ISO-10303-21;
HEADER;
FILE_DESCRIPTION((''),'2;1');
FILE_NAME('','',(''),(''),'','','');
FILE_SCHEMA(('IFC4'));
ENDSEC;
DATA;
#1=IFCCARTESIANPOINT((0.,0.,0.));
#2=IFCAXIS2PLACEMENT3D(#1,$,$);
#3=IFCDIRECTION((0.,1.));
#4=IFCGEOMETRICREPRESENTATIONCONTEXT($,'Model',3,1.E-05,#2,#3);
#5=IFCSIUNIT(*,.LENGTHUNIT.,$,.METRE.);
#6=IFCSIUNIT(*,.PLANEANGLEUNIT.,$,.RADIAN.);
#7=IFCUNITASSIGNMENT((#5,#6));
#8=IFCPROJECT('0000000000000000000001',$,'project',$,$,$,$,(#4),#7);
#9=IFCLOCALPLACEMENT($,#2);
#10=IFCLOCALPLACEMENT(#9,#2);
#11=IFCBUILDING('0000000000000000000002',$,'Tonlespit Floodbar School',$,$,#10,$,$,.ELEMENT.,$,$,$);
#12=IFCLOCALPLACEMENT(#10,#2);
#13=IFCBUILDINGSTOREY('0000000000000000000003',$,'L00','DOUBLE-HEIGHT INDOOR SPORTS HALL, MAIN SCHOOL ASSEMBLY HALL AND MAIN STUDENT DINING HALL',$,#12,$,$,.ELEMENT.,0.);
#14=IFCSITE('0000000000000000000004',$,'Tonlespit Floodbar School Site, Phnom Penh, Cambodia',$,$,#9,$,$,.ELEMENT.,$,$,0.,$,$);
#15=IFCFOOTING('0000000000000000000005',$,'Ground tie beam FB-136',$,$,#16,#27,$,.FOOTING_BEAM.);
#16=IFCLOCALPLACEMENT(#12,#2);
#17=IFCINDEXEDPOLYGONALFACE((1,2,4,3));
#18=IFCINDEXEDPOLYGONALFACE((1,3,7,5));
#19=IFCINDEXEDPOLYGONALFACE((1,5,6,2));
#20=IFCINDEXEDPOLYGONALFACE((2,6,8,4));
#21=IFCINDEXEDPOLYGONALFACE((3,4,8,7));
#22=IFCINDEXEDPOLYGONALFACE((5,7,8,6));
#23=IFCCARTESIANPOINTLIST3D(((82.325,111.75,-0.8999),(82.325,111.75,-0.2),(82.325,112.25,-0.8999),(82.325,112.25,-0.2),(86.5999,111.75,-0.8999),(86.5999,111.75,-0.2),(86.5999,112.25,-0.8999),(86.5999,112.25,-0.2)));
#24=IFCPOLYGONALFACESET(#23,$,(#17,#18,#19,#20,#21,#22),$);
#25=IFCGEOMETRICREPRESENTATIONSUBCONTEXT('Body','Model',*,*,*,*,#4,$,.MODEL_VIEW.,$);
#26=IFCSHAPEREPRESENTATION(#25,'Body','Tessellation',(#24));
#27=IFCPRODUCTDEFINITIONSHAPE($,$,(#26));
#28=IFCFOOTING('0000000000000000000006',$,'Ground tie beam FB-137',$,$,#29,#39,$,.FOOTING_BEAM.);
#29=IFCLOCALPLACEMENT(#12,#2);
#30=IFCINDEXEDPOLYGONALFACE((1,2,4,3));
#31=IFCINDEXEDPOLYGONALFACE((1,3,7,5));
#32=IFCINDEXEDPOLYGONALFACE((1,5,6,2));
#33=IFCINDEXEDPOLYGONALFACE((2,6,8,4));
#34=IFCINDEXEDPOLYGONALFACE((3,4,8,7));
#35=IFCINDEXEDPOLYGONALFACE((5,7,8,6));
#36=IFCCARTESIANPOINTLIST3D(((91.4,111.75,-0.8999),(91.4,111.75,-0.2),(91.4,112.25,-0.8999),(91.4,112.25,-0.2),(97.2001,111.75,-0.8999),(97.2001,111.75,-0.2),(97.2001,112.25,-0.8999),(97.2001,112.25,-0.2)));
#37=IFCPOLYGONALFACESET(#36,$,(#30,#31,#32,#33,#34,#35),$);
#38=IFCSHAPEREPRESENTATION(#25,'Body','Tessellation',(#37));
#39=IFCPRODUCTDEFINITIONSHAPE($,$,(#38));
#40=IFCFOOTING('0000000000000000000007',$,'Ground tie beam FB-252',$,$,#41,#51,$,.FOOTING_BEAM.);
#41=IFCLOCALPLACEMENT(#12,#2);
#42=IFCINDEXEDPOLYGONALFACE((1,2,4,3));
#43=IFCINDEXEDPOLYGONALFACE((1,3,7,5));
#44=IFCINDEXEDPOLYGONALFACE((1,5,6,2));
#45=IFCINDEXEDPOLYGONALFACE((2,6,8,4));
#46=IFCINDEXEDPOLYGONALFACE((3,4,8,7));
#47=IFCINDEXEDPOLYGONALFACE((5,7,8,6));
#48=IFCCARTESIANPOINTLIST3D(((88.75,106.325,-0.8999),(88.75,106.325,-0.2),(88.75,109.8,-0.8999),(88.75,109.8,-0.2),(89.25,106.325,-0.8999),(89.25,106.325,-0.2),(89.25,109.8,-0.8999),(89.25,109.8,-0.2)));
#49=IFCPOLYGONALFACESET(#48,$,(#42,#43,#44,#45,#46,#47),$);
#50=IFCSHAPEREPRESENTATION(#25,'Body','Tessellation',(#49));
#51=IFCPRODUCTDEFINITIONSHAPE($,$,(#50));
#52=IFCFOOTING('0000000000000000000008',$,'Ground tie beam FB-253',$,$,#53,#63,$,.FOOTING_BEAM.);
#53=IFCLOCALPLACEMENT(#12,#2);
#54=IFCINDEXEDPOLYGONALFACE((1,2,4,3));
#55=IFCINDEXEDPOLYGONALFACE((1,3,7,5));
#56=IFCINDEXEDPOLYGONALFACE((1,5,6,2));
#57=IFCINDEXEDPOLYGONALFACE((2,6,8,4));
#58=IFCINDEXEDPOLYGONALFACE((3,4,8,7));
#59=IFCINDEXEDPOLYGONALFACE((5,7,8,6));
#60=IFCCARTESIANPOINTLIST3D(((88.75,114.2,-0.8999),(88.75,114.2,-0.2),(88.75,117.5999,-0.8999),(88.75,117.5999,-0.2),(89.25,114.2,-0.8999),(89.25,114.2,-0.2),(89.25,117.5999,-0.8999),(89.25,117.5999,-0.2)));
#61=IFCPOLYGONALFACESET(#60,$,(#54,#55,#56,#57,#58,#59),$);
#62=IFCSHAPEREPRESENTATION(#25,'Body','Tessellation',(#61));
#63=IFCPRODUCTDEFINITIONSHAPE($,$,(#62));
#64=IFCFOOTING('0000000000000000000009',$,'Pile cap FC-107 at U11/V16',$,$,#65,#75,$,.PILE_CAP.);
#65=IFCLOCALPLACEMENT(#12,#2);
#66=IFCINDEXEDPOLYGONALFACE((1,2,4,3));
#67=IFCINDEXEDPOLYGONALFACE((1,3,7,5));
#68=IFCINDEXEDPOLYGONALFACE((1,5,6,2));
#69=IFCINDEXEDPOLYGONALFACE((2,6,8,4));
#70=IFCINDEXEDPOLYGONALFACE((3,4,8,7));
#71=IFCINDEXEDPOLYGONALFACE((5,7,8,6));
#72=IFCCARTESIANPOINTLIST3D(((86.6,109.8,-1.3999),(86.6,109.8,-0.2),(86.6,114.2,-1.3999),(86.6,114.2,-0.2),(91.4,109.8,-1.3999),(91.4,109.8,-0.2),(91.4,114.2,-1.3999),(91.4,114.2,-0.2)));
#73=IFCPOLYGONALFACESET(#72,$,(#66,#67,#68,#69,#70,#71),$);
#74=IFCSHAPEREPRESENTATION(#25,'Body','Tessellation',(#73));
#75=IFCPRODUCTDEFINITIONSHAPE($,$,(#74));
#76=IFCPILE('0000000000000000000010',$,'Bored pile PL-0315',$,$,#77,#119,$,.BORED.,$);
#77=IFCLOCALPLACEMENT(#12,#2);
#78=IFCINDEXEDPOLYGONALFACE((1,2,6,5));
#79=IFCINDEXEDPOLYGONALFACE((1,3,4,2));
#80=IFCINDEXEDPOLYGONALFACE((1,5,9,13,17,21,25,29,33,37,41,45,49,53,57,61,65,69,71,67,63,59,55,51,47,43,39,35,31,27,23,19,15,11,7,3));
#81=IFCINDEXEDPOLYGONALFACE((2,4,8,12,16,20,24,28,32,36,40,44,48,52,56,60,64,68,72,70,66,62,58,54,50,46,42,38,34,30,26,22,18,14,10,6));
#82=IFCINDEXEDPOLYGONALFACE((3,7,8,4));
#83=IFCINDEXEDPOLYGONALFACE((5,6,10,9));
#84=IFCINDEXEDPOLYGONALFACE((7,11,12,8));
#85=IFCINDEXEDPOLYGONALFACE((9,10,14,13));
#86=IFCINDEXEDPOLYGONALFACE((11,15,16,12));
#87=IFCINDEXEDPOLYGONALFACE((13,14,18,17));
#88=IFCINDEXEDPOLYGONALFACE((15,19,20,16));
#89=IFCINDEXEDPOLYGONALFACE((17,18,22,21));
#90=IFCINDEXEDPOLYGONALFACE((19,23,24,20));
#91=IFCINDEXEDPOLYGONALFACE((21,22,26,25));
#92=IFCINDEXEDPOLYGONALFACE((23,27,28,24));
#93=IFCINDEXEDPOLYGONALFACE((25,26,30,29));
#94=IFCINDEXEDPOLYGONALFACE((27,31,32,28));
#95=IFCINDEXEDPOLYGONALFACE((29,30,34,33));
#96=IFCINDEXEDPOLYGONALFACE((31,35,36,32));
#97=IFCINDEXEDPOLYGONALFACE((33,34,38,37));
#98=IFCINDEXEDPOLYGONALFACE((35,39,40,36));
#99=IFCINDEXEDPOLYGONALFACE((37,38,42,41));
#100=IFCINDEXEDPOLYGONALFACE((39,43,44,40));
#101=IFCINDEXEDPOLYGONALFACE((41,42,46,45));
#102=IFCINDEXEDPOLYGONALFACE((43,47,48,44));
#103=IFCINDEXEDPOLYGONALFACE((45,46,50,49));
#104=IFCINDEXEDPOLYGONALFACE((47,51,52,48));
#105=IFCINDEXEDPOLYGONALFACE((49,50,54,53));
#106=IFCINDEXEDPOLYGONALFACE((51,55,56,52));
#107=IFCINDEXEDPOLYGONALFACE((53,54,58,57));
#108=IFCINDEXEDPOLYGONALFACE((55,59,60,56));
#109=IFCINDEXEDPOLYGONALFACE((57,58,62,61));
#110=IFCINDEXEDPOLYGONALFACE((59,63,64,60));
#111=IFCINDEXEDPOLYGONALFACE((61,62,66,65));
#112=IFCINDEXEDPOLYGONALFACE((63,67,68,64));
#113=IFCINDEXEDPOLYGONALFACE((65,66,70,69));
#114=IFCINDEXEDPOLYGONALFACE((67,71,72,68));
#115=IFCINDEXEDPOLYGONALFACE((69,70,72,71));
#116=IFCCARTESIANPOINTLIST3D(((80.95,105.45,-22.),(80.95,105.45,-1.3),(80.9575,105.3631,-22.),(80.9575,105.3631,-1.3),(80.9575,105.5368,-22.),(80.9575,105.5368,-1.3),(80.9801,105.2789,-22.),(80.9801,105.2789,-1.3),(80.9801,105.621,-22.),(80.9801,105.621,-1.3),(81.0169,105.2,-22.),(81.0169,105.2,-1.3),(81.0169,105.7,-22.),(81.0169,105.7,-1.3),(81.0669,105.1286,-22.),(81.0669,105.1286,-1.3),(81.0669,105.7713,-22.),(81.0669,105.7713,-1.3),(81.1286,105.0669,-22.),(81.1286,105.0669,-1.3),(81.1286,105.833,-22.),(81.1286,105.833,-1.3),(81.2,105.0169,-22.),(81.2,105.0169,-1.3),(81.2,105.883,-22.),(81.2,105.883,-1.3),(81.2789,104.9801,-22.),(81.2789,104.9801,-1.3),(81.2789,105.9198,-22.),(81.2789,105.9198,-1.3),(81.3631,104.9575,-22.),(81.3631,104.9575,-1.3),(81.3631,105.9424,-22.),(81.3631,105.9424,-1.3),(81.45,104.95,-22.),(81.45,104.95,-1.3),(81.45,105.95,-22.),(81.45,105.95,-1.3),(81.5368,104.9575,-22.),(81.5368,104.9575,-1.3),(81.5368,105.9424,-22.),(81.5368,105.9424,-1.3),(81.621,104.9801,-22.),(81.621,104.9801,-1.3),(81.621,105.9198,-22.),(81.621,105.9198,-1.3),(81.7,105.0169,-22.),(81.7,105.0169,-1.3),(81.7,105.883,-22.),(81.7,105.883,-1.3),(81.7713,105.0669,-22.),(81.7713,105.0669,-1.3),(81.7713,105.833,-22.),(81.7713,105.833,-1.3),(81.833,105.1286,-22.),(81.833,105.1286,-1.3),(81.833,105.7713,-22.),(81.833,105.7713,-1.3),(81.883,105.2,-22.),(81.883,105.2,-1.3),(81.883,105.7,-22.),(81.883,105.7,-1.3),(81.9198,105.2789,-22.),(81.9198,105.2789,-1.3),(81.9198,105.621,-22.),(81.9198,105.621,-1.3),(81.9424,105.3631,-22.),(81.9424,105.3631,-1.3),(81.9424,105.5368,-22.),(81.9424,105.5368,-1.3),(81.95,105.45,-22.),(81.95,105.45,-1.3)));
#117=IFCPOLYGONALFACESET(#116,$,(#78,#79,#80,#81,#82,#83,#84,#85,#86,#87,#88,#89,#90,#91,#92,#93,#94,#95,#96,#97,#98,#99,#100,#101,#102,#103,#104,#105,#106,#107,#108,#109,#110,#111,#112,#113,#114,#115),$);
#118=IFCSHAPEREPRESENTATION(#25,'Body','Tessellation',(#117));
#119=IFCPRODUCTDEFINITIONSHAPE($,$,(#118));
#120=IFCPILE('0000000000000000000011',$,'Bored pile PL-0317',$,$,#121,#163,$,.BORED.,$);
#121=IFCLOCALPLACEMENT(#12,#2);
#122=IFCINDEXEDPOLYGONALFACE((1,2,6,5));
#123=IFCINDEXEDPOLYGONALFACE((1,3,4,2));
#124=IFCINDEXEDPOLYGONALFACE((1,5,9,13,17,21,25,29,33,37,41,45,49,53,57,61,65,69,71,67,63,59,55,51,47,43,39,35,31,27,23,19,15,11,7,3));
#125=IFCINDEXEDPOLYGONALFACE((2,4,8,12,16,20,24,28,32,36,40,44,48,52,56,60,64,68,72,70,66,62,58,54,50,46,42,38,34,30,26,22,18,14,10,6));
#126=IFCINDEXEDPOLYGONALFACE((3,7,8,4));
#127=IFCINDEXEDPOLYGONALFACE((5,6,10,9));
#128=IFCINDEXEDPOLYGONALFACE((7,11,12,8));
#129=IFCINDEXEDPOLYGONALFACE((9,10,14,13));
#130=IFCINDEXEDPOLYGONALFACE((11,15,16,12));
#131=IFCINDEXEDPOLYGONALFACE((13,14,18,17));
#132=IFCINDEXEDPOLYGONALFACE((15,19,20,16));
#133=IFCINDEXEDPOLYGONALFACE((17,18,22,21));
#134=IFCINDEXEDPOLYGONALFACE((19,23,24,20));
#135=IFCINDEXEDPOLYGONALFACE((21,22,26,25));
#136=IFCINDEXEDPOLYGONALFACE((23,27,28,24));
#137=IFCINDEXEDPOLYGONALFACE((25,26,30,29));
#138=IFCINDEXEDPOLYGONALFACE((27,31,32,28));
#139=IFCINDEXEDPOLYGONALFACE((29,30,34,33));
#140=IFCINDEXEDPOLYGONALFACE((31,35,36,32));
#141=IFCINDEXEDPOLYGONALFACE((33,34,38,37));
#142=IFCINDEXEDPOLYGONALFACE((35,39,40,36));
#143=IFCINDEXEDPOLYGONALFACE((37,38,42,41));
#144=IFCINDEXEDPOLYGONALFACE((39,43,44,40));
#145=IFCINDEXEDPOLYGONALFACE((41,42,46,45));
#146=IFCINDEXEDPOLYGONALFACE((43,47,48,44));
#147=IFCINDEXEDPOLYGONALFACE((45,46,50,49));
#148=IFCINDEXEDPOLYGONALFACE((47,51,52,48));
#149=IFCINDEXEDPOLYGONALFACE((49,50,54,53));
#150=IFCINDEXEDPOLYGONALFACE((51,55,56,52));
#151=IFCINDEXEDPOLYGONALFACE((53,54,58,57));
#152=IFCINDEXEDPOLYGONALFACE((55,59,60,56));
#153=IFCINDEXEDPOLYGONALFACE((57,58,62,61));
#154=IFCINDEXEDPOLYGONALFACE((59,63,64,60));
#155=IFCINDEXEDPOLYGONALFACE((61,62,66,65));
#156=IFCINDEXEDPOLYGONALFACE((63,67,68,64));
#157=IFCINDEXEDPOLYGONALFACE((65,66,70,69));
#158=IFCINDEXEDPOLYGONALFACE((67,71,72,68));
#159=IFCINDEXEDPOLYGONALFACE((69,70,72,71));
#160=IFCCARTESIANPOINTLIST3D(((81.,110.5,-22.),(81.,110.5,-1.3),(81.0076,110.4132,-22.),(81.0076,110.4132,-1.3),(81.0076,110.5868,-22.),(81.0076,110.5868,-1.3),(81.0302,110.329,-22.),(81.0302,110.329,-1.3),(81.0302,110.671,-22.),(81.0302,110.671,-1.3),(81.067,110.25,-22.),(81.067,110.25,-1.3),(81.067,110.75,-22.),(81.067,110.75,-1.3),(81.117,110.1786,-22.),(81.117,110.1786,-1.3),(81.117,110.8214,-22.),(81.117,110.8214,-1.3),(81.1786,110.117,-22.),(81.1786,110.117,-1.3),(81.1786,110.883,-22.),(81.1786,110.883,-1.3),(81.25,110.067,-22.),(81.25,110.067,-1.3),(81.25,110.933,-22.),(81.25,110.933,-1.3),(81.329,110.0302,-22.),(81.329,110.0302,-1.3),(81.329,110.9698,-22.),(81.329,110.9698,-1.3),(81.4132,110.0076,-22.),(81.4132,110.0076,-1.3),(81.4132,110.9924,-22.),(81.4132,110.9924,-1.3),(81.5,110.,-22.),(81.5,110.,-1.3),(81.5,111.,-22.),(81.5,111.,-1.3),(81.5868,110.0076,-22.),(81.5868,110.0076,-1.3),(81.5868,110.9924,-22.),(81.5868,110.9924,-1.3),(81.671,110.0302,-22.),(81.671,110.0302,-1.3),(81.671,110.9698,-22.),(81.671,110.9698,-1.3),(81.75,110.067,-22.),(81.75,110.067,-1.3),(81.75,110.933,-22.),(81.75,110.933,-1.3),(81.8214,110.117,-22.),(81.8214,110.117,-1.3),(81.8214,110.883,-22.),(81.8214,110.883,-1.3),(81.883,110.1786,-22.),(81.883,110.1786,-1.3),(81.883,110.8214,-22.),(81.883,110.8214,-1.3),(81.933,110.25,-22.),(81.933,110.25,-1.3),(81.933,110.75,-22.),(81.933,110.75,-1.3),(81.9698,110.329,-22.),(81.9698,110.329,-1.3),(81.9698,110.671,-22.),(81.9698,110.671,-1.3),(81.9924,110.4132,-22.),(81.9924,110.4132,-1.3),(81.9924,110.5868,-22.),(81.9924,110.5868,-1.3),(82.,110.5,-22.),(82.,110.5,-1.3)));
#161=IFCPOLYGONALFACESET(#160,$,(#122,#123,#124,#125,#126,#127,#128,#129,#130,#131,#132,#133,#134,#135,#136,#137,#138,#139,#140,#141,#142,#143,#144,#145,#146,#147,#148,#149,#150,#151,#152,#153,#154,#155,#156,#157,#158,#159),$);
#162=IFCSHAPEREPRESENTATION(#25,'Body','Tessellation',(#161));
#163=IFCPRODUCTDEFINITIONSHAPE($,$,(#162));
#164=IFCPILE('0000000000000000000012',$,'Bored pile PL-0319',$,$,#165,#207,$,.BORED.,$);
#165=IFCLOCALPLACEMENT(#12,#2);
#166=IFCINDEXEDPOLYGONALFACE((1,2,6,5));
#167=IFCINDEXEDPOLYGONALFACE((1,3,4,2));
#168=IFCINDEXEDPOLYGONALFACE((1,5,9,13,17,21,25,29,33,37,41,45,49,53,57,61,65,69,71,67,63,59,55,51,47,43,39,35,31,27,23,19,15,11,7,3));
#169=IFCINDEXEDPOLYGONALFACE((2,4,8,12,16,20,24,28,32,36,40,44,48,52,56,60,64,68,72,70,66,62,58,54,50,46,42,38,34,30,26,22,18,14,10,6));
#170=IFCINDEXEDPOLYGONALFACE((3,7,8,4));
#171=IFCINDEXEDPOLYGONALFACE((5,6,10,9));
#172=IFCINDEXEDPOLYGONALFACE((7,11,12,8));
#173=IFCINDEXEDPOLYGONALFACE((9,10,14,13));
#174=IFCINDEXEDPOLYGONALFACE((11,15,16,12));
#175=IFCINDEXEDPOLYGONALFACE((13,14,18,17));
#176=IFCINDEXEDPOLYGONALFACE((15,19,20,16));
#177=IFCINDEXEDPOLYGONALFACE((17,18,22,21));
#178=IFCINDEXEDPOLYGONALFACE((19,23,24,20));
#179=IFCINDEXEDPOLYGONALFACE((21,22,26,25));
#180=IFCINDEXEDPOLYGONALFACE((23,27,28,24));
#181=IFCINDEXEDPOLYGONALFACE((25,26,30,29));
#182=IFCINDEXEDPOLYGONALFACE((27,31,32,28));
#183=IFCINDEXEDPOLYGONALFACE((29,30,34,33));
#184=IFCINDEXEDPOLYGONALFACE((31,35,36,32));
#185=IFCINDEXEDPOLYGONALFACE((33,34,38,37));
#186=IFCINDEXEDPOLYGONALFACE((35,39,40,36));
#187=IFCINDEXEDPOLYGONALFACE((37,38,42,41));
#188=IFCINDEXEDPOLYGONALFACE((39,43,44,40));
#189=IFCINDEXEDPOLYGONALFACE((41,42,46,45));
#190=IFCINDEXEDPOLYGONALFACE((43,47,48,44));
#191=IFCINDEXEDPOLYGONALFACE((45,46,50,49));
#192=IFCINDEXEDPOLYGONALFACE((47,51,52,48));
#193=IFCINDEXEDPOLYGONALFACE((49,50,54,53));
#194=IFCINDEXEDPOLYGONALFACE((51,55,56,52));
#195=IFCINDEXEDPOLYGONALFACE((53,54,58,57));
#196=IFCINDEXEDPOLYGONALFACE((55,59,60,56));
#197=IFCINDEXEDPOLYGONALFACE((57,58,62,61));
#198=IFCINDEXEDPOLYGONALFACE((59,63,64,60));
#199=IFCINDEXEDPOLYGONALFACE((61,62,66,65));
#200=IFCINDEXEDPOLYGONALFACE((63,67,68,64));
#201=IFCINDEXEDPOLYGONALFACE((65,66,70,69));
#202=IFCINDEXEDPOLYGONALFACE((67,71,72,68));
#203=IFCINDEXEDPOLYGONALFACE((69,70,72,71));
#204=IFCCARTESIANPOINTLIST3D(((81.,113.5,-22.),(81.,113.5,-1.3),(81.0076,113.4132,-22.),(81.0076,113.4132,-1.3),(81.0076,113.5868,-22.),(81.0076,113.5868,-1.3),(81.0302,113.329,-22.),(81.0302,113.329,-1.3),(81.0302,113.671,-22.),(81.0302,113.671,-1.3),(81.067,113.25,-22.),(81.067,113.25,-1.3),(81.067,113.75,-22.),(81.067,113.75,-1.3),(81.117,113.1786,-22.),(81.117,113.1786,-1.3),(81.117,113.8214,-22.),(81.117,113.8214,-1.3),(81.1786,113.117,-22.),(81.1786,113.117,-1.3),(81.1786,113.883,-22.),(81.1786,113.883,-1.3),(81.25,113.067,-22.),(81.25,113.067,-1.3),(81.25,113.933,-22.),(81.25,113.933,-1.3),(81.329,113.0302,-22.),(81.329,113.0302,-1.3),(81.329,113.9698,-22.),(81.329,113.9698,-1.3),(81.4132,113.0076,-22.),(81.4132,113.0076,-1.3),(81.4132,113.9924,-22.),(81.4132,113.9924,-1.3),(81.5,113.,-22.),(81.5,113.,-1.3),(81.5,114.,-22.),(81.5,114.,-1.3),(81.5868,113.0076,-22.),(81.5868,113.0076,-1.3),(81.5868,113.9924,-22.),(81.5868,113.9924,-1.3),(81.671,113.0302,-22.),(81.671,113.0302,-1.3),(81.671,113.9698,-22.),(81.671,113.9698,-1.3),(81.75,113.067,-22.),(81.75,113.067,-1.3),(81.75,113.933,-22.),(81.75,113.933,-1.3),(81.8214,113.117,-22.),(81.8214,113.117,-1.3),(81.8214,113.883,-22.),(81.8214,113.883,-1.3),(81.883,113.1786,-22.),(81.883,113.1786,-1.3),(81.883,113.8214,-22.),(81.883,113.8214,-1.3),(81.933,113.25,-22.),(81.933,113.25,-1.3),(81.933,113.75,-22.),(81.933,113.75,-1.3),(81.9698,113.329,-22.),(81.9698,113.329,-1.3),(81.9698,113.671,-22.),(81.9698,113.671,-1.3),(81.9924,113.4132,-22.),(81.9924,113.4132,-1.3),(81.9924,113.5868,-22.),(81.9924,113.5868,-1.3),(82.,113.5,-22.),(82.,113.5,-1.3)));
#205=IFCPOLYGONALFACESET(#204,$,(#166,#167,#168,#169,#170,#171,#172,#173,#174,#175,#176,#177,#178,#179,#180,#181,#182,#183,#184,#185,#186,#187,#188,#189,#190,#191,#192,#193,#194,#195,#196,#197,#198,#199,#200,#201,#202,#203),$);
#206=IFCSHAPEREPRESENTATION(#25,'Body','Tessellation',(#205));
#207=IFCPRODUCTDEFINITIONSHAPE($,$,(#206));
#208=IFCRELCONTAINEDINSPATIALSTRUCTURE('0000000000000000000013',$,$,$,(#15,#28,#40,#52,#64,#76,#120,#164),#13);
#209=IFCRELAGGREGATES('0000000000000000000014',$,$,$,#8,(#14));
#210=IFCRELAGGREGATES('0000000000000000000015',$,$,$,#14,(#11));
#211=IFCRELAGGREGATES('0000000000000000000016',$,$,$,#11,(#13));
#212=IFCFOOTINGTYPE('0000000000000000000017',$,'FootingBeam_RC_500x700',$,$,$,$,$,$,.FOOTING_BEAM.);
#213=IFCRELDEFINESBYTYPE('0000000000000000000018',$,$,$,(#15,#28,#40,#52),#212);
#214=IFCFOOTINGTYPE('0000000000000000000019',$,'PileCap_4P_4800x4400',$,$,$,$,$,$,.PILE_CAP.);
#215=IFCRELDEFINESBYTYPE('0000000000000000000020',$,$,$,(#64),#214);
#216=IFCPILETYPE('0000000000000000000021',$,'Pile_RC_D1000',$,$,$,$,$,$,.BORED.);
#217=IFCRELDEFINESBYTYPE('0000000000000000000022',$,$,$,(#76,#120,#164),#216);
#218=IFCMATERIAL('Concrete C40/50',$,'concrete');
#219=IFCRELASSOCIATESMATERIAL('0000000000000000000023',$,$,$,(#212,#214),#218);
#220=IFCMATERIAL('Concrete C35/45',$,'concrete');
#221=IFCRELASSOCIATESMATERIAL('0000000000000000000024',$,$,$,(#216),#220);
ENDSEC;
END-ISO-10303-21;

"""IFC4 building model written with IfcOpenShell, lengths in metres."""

from ifc_helpers import new_model, si_unit, direction, frame, origin, origin_2d, place, context, subcontext, project, spatial, rectangle, circle, extrude, material, material_profile, profile_set, type_object, element, save


model = new_model("IFC4")

# Units and contexts
model_context = context("Model", 3, precision=1e-05, world=origin(), true_north=direction((0.0, 1.0)))
body_context = subcontext(model_context, "Body", "Model", "MODEL_VIEW")
ifc_project = project(units=[si_unit("LENGTHUNIT", "METRE"), si_unit("PLANEANGLEUNIT", "RADIAN")], contexts=[model_context])

# Site, building, storey
site_placement = place(None, origin())
site = spatial("IfcSite", under=ifc_project, at=site_placement, Name="Tonlespit Floodbar School Site, Phnom Penh, Cambodia", CompositionType="ELEMENT", RefElevation=0.0)
building_placement = place(site_placement, origin())
building = spatial("IfcBuilding", under=site, at=building_placement, Name="Tonlespit Floodbar School", CompositionType="ELEMENT")
storey_placement = place(building_placement, origin())
storey = spatial("IfcBuildingStorey", under=building, at=storey_placement, Name="L00", Description="DOUBLE-HEIGHT INDOOR SPORTS HALL, MAIN SCHOOL ASSEMBLY HALL AND MAIN STUDENT DINING HALL", CompositionType="ELEMENT", Elevation=0.0)

# Footings
ifc_material_1 = material(Name="Concrete C40/50", Category="concrete")
footing_type_1 = type_object("IfcFootingType", Name="FootingBeam_RC_500x700", PredefinedType="FOOTING_BEAM", material=ifc_material_1)
footing_1_placement = place(storey_placement, frame((84.4624, 112.0, -0.8999), z_axis=(0.0, 0.0, 1.0), x_axis=(1.0, 0.0, 0.0)))
element("IfcFooting", 1, at=footing_1_placement, inside=storey, type_object=footing_type_1, Name="Ground tie beam FB-136", PredefinedType="FOOTING_BEAM", context=body_context, shape_type="SweptSolid", body=[
    extrude(rectangle(XDim=4.2749, YDim=0.5, at=origin_2d()), origin(), (0.0, 0.0, 1.0), 0.7),
])
footing_2_placement = place(storey_placement, frame((94.3, 112.0, -0.8999), z_axis=(0.0, 0.0, 1.0), x_axis=(1.0, 0.0, 0.0)))
element("IfcFooting", 2, at=footing_2_placement, inside=storey, type_object=footing_type_1, Name="Ground tie beam FB-137", PredefinedType="FOOTING_BEAM", context=body_context, shape_type="SweptSolid", body=[
    extrude(rectangle(XDim=5.8, YDim=0.5, at=origin_2d()), origin(), (0.0, 0.0, 1.0), 0.7),
])
footing_3_placement = place(storey_placement, frame((89.0, 108.0625, -0.8999), z_axis=(0.0, 0.0, 1.0), x_axis=(0.0, 1.0, 0.0)))
element("IfcFooting", 3, at=footing_3_placement, inside=storey, type_object=footing_type_1, Name="Ground tie beam FB-252", PredefinedType="FOOTING_BEAM", context=body_context, shape_type="SweptSolid", body=[
    extrude(rectangle(XDim=3.4751, YDim=0.5, at=origin_2d()), origin(), (0.0, 0.0, 1.0), 0.7),
])
footing_4_placement = place(storey_placement, frame((89.0, 115.8999, -0.8999), z_axis=(0.0, 0.0, 1.0), x_axis=(0.0, 1.0, 0.0)))
element("IfcFooting", 4, at=footing_4_placement, inside=storey, type_object=footing_type_1, Name="Ground tie beam FB-253", PredefinedType="FOOTING_BEAM", context=body_context, shape_type="SweptSolid", body=[
    extrude(rectangle(XDim=3.3999, YDim=0.5, at=origin_2d()), origin(), (0.0, 0.0, 1.0), 0.7),
])
footing_type_2 = type_object("IfcFootingType", Name="PileCap_4P_4800x4400", PredefinedType="PILE_CAP", material=ifc_material_1)
footing_5_placement = place(storey_placement, frame((89.0, 112.0, -1.3999), z_axis=(0.0, 0.0, 1.0), x_axis=(1.0, 0.0, 0.0)))
element("IfcFooting", 5, at=footing_5_placement, inside=storey, type_object=footing_type_2, Name="Pile cap FC-107 at U11/V16", PredefinedType="PILE_CAP", context=body_context, shape_type="SweptSolid", body=[
    extrude(rectangle(XDim=4.8, YDim=4.3999, at=origin_2d()), origin(), (0.0, 0.0, 1.0), 1.2),
])

# Piles
ifc_material_2 = material(Name="Concrete C35/45", Category="concrete")
ifc_material_profile_1 = material_profile(ifc_material_2, circle(Radius=0.5, at=origin_2d()), Name="BP D1000")
ifc_profile_set_1 = profile_set([ifc_material_profile_1], Name="Concrete C35/45")
pile_type = type_object("IfcPileType", Name="Pile_RC_D1000", PredefinedType="BORED", material=ifc_profile_set_1)
for number, where, z_axis, x_axis, name in (
    (6, (81.45, 105.45, -1.3), (0.0, 0.0, -1.0), (1.0, 0.0, 0.0), "Bored pile PL-0315"),
    (7, (81.5, 110.5, -1.3), (0.0, 0.0, -1.0), (1.0, 0.0, 0.0), "Bored pile PL-0317"),
    (8, (81.5, 113.5, -1.3), (0.0, 0.0, -1.0), (1.0, 0.0, 0.0), "Bored pile PL-0319"),
):
    element("IfcPile", number, at=place(storey_placement, frame(where, z_axis=z_axis, x_axis=x_axis)), inside=storey, type_object=pile_type, Name=name, PredefinedType="BORED", context=body_context, shape_type="SweptSolid", body=[
        extrude(circle(Radius=0.5, at=origin_2d()), origin(), (0.0, 0.0, 1.0), 20.7),
    ])

save(model, "model.ifc")
